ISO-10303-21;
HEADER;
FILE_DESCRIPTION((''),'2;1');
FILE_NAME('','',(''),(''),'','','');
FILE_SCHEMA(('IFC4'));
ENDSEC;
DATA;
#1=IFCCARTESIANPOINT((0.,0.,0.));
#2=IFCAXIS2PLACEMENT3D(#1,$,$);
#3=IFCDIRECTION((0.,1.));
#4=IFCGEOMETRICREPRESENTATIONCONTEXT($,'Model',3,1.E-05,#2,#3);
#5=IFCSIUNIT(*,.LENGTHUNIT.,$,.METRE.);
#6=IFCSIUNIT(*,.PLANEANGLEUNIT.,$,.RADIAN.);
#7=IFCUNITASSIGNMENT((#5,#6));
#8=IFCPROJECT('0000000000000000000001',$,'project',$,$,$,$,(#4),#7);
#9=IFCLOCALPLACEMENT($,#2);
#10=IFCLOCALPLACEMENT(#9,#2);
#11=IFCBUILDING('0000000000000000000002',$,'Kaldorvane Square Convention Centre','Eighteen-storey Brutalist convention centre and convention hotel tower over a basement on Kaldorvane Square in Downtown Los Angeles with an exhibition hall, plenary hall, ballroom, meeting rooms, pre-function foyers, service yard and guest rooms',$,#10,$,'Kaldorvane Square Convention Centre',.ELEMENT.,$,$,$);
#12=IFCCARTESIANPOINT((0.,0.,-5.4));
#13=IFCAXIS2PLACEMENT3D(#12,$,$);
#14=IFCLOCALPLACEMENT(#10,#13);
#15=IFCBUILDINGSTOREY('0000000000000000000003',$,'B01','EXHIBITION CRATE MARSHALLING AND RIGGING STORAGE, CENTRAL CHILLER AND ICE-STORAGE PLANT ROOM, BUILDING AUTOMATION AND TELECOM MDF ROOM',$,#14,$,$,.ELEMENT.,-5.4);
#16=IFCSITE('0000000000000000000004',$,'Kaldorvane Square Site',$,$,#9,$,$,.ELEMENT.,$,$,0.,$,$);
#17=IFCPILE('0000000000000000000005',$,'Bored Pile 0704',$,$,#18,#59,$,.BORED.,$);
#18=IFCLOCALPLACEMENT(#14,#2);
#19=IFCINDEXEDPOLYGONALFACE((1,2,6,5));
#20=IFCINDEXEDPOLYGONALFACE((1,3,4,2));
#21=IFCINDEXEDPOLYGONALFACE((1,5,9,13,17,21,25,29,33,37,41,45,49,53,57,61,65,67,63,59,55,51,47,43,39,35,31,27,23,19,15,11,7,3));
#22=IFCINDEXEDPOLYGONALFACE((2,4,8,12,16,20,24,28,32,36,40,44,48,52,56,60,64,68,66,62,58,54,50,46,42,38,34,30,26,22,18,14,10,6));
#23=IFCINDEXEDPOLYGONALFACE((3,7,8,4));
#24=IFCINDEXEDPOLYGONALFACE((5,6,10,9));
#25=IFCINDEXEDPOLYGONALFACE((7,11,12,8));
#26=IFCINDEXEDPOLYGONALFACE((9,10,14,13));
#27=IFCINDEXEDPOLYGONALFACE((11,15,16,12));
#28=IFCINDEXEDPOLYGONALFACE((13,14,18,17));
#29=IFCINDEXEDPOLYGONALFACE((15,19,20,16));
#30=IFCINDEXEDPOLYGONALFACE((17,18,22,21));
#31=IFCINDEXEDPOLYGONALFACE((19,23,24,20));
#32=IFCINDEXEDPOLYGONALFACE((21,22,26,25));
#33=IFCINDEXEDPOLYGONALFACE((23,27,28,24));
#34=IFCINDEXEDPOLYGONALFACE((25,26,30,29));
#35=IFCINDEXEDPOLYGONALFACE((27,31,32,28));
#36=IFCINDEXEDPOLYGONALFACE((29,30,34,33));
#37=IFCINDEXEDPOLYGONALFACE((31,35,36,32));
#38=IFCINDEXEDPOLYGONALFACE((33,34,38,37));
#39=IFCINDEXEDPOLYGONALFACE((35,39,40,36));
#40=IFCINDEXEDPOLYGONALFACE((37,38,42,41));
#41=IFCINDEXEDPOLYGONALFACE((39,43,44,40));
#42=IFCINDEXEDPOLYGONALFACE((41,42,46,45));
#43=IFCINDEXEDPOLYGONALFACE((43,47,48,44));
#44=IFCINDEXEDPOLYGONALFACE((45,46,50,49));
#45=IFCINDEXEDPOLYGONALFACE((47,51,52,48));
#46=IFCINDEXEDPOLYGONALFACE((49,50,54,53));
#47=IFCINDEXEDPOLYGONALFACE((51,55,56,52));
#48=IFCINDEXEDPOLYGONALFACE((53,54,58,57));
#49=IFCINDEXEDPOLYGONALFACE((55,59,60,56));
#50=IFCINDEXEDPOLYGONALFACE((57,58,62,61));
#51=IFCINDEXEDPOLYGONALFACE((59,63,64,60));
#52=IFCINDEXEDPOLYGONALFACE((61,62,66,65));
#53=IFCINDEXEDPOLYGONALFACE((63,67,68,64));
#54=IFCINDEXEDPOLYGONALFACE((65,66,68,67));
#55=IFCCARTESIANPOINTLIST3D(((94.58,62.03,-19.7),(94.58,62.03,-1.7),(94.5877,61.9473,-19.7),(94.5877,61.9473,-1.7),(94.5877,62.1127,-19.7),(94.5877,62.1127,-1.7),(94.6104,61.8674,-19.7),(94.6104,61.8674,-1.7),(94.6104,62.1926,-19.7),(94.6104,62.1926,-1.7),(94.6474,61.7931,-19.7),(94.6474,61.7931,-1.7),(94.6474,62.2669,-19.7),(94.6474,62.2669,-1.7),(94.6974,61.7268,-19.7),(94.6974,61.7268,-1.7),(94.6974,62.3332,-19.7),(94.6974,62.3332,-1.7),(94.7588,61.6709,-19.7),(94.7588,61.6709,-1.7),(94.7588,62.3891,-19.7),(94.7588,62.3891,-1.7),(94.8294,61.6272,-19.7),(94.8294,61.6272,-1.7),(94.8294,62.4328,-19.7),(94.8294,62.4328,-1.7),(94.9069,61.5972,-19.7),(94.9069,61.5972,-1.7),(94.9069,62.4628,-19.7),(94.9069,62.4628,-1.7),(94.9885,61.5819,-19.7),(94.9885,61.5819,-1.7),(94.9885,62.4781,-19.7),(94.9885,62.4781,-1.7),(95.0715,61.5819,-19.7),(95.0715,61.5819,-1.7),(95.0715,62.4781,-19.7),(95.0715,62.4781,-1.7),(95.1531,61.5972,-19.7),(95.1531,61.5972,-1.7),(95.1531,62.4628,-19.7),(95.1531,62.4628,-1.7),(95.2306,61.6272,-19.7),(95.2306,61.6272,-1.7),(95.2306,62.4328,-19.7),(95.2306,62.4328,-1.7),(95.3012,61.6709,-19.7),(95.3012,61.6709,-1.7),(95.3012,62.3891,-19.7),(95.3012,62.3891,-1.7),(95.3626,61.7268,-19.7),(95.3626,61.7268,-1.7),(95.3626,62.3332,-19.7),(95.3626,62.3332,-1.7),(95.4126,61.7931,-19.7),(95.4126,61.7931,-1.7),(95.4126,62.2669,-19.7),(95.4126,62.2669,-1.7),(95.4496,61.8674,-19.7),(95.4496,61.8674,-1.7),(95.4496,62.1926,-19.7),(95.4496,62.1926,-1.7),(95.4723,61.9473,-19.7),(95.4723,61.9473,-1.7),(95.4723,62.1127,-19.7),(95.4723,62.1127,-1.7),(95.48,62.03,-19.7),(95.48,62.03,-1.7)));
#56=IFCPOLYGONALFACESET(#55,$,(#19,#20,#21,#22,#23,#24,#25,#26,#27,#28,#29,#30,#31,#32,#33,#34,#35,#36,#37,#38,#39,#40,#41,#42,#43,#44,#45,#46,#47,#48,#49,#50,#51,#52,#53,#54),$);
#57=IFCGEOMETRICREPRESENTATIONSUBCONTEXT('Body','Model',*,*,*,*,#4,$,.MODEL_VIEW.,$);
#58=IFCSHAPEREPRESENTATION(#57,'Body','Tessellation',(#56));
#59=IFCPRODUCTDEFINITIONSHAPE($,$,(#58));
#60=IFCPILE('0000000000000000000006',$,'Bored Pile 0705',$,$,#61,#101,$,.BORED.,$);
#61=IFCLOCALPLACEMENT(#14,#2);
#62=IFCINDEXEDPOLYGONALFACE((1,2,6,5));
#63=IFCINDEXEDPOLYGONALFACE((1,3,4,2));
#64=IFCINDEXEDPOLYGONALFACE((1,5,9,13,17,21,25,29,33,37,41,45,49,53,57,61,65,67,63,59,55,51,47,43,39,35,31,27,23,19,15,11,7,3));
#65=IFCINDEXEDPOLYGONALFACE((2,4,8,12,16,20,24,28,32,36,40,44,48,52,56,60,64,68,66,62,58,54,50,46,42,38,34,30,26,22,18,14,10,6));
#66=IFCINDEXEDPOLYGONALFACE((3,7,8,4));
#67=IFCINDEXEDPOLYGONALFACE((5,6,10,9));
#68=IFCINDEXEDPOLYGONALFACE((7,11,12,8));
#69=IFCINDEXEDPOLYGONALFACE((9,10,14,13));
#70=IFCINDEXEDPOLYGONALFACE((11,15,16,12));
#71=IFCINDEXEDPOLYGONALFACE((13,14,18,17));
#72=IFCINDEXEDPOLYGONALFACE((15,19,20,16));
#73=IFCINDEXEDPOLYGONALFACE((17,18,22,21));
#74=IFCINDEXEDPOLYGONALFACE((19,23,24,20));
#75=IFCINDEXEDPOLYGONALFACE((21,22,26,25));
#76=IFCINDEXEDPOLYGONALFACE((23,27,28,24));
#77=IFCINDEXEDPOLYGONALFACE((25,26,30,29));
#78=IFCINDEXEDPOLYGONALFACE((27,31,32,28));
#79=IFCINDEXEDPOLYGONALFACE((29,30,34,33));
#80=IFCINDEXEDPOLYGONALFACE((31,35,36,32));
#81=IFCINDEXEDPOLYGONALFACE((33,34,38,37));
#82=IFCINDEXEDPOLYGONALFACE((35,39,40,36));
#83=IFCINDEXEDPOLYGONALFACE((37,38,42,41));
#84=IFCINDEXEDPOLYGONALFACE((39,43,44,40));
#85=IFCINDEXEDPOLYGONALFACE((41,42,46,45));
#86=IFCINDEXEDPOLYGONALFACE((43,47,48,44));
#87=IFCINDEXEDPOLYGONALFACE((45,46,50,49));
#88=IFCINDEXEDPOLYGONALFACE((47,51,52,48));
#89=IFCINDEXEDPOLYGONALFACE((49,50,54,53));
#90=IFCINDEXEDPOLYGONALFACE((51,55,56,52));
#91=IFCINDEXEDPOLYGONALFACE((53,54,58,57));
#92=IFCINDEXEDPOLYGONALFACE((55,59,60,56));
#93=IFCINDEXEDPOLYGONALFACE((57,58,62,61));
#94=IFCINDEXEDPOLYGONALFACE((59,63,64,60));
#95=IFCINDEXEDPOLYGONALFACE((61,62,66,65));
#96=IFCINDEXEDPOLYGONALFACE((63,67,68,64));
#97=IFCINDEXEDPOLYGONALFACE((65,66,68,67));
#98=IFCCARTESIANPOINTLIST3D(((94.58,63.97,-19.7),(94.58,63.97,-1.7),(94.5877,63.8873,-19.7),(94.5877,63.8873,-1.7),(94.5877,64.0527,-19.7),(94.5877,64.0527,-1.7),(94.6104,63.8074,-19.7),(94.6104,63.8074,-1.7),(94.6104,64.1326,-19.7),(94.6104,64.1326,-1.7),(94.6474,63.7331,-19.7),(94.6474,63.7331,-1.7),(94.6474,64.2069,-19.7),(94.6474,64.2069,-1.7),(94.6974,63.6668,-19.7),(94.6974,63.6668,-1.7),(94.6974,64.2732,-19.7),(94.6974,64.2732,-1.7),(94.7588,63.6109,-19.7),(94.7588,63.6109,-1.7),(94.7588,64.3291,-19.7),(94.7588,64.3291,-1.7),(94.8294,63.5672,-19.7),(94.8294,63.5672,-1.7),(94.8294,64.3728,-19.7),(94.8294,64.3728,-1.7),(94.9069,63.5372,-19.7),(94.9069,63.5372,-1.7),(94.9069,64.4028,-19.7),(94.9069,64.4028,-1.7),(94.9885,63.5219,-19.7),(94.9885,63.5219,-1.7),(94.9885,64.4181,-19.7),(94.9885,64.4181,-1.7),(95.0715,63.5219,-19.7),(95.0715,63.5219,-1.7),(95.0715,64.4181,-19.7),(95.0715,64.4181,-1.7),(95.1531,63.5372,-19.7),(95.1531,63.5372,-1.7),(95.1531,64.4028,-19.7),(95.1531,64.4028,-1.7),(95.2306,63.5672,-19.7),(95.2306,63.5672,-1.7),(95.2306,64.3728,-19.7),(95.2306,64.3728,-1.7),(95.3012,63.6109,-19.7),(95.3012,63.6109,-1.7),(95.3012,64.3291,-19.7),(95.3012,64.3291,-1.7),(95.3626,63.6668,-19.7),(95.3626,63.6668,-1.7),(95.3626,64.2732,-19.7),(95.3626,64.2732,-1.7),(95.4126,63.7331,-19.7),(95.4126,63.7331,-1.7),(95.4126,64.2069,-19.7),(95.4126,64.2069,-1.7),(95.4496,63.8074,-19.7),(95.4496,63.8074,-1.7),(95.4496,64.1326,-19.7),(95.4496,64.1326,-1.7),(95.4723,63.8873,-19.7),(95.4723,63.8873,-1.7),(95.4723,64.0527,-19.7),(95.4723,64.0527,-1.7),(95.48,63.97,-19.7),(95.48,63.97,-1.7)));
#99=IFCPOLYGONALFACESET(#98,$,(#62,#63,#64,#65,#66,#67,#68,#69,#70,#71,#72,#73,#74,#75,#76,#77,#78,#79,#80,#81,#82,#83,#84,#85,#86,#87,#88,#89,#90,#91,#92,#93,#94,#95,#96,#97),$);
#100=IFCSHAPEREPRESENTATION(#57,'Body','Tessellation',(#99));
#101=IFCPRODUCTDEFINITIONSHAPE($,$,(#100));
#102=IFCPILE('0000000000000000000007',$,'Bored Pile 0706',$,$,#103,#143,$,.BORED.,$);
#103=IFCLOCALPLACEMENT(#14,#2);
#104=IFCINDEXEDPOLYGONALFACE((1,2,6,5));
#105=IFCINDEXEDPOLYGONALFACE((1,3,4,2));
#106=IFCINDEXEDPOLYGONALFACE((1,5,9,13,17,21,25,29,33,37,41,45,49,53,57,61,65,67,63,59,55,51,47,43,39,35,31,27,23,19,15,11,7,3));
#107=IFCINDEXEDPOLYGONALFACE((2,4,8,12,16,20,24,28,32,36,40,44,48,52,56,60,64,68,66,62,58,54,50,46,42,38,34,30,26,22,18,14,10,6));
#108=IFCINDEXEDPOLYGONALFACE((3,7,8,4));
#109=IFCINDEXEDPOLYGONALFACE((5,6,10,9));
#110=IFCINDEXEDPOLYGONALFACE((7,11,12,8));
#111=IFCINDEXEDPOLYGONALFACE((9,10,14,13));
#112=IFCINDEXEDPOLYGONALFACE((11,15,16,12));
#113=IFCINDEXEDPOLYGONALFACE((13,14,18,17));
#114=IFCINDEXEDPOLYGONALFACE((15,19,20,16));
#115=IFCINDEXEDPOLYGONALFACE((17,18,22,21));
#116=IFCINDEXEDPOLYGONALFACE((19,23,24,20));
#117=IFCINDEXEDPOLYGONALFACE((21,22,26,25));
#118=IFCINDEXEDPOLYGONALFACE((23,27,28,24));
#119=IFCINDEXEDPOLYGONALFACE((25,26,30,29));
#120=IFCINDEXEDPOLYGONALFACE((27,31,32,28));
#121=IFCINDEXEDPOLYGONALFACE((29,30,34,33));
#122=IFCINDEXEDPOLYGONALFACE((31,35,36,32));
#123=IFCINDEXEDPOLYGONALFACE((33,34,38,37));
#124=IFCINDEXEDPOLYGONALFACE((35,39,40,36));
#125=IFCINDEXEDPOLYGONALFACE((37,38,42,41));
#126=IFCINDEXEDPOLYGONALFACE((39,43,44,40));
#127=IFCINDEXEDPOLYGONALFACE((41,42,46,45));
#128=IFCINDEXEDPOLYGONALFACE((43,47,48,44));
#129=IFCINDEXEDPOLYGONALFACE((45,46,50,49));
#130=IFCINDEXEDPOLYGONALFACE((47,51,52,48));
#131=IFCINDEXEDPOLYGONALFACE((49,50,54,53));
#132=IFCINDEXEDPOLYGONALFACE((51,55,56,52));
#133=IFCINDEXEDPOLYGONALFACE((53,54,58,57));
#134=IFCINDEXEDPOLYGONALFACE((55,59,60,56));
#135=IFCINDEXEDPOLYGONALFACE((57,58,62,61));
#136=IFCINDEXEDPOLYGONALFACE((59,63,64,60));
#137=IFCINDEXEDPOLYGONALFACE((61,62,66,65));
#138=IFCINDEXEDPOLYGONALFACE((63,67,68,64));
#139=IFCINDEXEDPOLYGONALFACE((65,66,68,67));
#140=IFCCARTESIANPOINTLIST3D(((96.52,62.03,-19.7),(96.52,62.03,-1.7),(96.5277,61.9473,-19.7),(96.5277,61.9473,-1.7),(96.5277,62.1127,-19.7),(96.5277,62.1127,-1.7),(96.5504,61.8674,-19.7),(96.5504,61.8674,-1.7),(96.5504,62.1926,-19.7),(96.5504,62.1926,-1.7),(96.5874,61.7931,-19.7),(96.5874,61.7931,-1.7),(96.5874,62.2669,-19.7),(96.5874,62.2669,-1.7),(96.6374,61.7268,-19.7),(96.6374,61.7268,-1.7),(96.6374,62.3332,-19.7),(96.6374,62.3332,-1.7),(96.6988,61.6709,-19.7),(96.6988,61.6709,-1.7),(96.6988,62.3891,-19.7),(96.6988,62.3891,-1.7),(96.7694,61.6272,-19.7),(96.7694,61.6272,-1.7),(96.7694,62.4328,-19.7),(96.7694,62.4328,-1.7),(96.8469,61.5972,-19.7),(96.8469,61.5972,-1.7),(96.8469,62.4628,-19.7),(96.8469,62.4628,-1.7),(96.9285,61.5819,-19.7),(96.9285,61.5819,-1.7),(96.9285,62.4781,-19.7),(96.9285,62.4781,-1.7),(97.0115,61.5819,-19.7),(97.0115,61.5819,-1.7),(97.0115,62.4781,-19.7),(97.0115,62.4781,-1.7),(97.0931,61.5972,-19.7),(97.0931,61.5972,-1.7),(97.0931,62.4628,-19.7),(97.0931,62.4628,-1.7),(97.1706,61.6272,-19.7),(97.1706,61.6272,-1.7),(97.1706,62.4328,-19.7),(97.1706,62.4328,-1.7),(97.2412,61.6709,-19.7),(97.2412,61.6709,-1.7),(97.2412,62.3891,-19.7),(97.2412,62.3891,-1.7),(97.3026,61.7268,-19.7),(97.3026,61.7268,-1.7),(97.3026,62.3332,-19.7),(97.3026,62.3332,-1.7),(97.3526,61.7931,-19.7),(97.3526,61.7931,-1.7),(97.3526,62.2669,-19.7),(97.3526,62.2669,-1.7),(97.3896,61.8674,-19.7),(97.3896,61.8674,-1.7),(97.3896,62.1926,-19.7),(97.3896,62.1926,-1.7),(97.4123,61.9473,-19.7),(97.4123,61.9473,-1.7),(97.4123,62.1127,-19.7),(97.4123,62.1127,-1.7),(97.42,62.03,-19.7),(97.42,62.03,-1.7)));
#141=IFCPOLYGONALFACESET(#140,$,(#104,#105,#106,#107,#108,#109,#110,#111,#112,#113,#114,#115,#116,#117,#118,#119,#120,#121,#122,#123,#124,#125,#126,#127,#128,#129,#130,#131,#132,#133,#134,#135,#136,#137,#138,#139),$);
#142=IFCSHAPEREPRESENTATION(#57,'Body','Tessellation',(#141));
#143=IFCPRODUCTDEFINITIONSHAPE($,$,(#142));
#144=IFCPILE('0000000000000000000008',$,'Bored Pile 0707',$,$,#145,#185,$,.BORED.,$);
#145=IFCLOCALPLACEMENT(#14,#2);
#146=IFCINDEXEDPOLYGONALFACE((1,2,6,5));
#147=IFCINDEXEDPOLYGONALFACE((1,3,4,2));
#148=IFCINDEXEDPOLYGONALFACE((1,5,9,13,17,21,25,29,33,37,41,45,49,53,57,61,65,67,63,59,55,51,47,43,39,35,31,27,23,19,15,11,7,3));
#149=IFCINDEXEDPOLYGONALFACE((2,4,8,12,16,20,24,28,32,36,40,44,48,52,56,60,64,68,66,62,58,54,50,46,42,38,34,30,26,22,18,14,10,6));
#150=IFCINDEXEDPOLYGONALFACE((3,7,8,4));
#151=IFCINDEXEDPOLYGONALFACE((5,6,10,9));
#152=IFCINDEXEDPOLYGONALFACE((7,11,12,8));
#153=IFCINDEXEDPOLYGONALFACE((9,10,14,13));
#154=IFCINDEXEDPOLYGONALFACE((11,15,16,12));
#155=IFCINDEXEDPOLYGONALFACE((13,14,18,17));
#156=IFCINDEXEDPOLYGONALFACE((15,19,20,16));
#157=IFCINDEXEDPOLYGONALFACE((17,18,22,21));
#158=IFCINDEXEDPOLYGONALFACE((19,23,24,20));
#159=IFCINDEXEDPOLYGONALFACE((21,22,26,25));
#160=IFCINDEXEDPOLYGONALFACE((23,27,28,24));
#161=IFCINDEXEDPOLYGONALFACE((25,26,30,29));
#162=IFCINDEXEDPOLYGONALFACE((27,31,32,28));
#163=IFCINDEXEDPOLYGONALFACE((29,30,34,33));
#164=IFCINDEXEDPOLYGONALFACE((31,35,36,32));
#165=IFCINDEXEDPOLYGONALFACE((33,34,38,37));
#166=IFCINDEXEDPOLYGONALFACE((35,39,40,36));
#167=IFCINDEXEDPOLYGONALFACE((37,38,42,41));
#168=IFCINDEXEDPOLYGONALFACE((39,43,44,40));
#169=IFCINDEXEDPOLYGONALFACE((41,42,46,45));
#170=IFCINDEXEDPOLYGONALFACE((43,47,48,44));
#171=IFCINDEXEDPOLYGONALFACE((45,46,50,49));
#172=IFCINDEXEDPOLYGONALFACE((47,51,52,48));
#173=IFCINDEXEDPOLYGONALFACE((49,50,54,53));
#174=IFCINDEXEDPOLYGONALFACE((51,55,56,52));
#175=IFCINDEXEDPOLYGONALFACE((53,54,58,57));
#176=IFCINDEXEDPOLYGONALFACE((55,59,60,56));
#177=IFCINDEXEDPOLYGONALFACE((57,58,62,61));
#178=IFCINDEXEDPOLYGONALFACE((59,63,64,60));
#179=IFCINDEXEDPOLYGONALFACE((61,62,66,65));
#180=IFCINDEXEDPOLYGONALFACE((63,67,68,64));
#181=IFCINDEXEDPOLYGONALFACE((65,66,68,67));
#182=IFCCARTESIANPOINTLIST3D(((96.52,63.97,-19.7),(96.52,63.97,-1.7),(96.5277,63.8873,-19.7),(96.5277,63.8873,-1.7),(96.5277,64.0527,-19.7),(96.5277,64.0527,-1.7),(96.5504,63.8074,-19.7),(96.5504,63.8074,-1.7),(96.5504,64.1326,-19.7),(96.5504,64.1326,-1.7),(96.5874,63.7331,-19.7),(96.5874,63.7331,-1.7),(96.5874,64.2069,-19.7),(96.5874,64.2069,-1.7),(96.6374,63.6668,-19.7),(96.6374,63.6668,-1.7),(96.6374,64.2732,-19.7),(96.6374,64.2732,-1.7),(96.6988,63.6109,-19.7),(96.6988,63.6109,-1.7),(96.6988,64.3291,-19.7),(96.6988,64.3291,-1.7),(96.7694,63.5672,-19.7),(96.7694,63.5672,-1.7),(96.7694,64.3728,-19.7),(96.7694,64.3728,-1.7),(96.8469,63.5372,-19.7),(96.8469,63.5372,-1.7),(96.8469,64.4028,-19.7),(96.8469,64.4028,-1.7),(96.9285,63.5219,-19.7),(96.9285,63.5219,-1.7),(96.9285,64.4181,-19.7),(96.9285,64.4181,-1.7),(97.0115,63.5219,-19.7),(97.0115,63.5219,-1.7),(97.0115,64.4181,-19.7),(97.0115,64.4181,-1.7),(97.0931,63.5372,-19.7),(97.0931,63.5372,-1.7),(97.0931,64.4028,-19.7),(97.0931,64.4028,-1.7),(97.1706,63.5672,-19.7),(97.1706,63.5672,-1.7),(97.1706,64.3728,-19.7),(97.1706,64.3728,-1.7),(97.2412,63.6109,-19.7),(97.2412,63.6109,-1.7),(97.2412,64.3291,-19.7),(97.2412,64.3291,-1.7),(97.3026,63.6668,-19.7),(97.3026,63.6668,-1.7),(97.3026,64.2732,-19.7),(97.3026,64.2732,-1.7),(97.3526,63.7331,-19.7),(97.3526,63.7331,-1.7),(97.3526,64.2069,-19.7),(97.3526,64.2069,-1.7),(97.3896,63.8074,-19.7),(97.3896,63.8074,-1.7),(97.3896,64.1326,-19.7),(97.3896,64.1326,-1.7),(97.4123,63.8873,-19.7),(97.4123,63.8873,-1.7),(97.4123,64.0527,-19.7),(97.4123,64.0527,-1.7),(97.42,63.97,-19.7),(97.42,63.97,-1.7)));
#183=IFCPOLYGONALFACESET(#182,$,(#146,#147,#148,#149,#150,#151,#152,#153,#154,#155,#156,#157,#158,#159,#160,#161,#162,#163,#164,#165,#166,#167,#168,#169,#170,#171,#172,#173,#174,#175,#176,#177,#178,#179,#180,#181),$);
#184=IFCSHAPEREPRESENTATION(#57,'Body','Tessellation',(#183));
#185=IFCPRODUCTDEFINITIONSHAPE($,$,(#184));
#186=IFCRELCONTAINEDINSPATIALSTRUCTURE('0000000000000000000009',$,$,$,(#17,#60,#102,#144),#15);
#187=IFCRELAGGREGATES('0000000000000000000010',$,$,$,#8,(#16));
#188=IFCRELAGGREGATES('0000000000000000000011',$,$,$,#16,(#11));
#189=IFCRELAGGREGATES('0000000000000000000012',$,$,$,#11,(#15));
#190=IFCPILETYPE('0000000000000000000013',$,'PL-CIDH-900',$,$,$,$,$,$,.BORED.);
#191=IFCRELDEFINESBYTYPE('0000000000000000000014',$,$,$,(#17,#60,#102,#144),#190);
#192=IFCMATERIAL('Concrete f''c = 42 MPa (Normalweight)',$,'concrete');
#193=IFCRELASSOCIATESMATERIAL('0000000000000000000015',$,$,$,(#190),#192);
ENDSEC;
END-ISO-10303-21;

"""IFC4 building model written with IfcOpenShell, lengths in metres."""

from ifc_helpers import new_model, si_unit, direction, frame, origin, origin_2d, place, context, subcontext, project, spatial, circle, extrude, material, material_profile, profile_set, type_object, element, save


model = new_model("IFC4")

# Units and contexts
model_context = context("Model", 3, precision=1e-05, world=origin(), true_north=direction((0.0, 1.0)))
body_context = subcontext(model_context, "Body", "Model", "MODEL_VIEW")
ifc_project = project(units=[si_unit("LENGTHUNIT", "METRE"), si_unit("PLANEANGLEUNIT", "RADIAN")], contexts=[model_context])

# Site, building, storey
site_placement = place(None, origin())
site = spatial("IfcSite", under=ifc_project, at=site_placement, Name="Kaldorvane Square Site", CompositionType="ELEMENT", RefElevation=0.0)
building_placement = place(site_placement, origin())
building = spatial("IfcBuilding", under=site, at=building_placement, Name="Kaldorvane Square Convention Centre", Description="Eighteen-storey Brutalist convention centre and convention hotel tower over a basement on Kaldorvane Square in Downtown Los Angeles with an exhibition hall, plenary hall, ballroom, meeting rooms, pre-function foyers, service yard and guest rooms", LongName="Kaldorvane Square Convention Centre", CompositionType="ELEMENT")
storey_placement = place(building_placement, frame((0.0, 0.0, -5.4)))
storey = spatial("IfcBuildingStorey", under=building, at=storey_placement, Name="B01", Description="EXHIBITION CRATE MARSHALLING AND RIGGING STORAGE, CENTRAL CHILLER AND ICE-STORAGE PLANT ROOM, BUILDING AUTOMATION AND TELECOM MDF ROOM", CompositionType="ELEMENT", Elevation=-5.4)

# Shared definitions
ifc_material_1 = material(Name="Concrete f'c = 42 MPa (Normalweight)", Category="concrete")

# Piles
ifc_material_profile_1 = material_profile(ifc_material_1, circle(Radius=0.45, at=origin_2d()), Name="PILE-D900")
ifc_profile_set_1 = profile_set([ifc_material_profile_1], Name="Concrete f'c = 42 MPa (Normalweight)")
pile_type_1 = type_object("IfcPileType", Name="PL-CIDH-900", PredefinedType="BORED", material=ifc_profile_set_1)
for number, where, z_axis, x_axis, name in (
    (1, (95.03, 62.03, -1.7), (0.0, 0.0, -1.0), (1.0, 0.0, 0.0), "Bored Pile 0704"),
    (2, (95.03, 63.97, -1.7), (0.0, 0.0, -1.0), (1.0, 0.0, 0.0), "Bored Pile 0705"),
    (3, (96.97, 62.03, -1.7), (0.0, 0.0, -1.0), (1.0, 0.0, 0.0), "Bored Pile 0706"),
    (4, (96.97, 63.97, -1.7), (0.0, 0.0, -1.0), (1.0, 0.0, 0.0), "Bored Pile 0707"),
):
    element("IfcPile", number, at=place(storey_placement, frame(where, z_axis=z_axis, x_axis=x_axis)), inside=storey, type_object=pile_type_1, Name=name, PredefinedType="BORED", context=body_context, shape_type="SweptSolid", body=[
        extrude(circle(Radius=0.45, at=origin_2d()), origin(), (0.0, 0.0, 1.0), 18.0),
    ])

save(model, "model.ifc")
